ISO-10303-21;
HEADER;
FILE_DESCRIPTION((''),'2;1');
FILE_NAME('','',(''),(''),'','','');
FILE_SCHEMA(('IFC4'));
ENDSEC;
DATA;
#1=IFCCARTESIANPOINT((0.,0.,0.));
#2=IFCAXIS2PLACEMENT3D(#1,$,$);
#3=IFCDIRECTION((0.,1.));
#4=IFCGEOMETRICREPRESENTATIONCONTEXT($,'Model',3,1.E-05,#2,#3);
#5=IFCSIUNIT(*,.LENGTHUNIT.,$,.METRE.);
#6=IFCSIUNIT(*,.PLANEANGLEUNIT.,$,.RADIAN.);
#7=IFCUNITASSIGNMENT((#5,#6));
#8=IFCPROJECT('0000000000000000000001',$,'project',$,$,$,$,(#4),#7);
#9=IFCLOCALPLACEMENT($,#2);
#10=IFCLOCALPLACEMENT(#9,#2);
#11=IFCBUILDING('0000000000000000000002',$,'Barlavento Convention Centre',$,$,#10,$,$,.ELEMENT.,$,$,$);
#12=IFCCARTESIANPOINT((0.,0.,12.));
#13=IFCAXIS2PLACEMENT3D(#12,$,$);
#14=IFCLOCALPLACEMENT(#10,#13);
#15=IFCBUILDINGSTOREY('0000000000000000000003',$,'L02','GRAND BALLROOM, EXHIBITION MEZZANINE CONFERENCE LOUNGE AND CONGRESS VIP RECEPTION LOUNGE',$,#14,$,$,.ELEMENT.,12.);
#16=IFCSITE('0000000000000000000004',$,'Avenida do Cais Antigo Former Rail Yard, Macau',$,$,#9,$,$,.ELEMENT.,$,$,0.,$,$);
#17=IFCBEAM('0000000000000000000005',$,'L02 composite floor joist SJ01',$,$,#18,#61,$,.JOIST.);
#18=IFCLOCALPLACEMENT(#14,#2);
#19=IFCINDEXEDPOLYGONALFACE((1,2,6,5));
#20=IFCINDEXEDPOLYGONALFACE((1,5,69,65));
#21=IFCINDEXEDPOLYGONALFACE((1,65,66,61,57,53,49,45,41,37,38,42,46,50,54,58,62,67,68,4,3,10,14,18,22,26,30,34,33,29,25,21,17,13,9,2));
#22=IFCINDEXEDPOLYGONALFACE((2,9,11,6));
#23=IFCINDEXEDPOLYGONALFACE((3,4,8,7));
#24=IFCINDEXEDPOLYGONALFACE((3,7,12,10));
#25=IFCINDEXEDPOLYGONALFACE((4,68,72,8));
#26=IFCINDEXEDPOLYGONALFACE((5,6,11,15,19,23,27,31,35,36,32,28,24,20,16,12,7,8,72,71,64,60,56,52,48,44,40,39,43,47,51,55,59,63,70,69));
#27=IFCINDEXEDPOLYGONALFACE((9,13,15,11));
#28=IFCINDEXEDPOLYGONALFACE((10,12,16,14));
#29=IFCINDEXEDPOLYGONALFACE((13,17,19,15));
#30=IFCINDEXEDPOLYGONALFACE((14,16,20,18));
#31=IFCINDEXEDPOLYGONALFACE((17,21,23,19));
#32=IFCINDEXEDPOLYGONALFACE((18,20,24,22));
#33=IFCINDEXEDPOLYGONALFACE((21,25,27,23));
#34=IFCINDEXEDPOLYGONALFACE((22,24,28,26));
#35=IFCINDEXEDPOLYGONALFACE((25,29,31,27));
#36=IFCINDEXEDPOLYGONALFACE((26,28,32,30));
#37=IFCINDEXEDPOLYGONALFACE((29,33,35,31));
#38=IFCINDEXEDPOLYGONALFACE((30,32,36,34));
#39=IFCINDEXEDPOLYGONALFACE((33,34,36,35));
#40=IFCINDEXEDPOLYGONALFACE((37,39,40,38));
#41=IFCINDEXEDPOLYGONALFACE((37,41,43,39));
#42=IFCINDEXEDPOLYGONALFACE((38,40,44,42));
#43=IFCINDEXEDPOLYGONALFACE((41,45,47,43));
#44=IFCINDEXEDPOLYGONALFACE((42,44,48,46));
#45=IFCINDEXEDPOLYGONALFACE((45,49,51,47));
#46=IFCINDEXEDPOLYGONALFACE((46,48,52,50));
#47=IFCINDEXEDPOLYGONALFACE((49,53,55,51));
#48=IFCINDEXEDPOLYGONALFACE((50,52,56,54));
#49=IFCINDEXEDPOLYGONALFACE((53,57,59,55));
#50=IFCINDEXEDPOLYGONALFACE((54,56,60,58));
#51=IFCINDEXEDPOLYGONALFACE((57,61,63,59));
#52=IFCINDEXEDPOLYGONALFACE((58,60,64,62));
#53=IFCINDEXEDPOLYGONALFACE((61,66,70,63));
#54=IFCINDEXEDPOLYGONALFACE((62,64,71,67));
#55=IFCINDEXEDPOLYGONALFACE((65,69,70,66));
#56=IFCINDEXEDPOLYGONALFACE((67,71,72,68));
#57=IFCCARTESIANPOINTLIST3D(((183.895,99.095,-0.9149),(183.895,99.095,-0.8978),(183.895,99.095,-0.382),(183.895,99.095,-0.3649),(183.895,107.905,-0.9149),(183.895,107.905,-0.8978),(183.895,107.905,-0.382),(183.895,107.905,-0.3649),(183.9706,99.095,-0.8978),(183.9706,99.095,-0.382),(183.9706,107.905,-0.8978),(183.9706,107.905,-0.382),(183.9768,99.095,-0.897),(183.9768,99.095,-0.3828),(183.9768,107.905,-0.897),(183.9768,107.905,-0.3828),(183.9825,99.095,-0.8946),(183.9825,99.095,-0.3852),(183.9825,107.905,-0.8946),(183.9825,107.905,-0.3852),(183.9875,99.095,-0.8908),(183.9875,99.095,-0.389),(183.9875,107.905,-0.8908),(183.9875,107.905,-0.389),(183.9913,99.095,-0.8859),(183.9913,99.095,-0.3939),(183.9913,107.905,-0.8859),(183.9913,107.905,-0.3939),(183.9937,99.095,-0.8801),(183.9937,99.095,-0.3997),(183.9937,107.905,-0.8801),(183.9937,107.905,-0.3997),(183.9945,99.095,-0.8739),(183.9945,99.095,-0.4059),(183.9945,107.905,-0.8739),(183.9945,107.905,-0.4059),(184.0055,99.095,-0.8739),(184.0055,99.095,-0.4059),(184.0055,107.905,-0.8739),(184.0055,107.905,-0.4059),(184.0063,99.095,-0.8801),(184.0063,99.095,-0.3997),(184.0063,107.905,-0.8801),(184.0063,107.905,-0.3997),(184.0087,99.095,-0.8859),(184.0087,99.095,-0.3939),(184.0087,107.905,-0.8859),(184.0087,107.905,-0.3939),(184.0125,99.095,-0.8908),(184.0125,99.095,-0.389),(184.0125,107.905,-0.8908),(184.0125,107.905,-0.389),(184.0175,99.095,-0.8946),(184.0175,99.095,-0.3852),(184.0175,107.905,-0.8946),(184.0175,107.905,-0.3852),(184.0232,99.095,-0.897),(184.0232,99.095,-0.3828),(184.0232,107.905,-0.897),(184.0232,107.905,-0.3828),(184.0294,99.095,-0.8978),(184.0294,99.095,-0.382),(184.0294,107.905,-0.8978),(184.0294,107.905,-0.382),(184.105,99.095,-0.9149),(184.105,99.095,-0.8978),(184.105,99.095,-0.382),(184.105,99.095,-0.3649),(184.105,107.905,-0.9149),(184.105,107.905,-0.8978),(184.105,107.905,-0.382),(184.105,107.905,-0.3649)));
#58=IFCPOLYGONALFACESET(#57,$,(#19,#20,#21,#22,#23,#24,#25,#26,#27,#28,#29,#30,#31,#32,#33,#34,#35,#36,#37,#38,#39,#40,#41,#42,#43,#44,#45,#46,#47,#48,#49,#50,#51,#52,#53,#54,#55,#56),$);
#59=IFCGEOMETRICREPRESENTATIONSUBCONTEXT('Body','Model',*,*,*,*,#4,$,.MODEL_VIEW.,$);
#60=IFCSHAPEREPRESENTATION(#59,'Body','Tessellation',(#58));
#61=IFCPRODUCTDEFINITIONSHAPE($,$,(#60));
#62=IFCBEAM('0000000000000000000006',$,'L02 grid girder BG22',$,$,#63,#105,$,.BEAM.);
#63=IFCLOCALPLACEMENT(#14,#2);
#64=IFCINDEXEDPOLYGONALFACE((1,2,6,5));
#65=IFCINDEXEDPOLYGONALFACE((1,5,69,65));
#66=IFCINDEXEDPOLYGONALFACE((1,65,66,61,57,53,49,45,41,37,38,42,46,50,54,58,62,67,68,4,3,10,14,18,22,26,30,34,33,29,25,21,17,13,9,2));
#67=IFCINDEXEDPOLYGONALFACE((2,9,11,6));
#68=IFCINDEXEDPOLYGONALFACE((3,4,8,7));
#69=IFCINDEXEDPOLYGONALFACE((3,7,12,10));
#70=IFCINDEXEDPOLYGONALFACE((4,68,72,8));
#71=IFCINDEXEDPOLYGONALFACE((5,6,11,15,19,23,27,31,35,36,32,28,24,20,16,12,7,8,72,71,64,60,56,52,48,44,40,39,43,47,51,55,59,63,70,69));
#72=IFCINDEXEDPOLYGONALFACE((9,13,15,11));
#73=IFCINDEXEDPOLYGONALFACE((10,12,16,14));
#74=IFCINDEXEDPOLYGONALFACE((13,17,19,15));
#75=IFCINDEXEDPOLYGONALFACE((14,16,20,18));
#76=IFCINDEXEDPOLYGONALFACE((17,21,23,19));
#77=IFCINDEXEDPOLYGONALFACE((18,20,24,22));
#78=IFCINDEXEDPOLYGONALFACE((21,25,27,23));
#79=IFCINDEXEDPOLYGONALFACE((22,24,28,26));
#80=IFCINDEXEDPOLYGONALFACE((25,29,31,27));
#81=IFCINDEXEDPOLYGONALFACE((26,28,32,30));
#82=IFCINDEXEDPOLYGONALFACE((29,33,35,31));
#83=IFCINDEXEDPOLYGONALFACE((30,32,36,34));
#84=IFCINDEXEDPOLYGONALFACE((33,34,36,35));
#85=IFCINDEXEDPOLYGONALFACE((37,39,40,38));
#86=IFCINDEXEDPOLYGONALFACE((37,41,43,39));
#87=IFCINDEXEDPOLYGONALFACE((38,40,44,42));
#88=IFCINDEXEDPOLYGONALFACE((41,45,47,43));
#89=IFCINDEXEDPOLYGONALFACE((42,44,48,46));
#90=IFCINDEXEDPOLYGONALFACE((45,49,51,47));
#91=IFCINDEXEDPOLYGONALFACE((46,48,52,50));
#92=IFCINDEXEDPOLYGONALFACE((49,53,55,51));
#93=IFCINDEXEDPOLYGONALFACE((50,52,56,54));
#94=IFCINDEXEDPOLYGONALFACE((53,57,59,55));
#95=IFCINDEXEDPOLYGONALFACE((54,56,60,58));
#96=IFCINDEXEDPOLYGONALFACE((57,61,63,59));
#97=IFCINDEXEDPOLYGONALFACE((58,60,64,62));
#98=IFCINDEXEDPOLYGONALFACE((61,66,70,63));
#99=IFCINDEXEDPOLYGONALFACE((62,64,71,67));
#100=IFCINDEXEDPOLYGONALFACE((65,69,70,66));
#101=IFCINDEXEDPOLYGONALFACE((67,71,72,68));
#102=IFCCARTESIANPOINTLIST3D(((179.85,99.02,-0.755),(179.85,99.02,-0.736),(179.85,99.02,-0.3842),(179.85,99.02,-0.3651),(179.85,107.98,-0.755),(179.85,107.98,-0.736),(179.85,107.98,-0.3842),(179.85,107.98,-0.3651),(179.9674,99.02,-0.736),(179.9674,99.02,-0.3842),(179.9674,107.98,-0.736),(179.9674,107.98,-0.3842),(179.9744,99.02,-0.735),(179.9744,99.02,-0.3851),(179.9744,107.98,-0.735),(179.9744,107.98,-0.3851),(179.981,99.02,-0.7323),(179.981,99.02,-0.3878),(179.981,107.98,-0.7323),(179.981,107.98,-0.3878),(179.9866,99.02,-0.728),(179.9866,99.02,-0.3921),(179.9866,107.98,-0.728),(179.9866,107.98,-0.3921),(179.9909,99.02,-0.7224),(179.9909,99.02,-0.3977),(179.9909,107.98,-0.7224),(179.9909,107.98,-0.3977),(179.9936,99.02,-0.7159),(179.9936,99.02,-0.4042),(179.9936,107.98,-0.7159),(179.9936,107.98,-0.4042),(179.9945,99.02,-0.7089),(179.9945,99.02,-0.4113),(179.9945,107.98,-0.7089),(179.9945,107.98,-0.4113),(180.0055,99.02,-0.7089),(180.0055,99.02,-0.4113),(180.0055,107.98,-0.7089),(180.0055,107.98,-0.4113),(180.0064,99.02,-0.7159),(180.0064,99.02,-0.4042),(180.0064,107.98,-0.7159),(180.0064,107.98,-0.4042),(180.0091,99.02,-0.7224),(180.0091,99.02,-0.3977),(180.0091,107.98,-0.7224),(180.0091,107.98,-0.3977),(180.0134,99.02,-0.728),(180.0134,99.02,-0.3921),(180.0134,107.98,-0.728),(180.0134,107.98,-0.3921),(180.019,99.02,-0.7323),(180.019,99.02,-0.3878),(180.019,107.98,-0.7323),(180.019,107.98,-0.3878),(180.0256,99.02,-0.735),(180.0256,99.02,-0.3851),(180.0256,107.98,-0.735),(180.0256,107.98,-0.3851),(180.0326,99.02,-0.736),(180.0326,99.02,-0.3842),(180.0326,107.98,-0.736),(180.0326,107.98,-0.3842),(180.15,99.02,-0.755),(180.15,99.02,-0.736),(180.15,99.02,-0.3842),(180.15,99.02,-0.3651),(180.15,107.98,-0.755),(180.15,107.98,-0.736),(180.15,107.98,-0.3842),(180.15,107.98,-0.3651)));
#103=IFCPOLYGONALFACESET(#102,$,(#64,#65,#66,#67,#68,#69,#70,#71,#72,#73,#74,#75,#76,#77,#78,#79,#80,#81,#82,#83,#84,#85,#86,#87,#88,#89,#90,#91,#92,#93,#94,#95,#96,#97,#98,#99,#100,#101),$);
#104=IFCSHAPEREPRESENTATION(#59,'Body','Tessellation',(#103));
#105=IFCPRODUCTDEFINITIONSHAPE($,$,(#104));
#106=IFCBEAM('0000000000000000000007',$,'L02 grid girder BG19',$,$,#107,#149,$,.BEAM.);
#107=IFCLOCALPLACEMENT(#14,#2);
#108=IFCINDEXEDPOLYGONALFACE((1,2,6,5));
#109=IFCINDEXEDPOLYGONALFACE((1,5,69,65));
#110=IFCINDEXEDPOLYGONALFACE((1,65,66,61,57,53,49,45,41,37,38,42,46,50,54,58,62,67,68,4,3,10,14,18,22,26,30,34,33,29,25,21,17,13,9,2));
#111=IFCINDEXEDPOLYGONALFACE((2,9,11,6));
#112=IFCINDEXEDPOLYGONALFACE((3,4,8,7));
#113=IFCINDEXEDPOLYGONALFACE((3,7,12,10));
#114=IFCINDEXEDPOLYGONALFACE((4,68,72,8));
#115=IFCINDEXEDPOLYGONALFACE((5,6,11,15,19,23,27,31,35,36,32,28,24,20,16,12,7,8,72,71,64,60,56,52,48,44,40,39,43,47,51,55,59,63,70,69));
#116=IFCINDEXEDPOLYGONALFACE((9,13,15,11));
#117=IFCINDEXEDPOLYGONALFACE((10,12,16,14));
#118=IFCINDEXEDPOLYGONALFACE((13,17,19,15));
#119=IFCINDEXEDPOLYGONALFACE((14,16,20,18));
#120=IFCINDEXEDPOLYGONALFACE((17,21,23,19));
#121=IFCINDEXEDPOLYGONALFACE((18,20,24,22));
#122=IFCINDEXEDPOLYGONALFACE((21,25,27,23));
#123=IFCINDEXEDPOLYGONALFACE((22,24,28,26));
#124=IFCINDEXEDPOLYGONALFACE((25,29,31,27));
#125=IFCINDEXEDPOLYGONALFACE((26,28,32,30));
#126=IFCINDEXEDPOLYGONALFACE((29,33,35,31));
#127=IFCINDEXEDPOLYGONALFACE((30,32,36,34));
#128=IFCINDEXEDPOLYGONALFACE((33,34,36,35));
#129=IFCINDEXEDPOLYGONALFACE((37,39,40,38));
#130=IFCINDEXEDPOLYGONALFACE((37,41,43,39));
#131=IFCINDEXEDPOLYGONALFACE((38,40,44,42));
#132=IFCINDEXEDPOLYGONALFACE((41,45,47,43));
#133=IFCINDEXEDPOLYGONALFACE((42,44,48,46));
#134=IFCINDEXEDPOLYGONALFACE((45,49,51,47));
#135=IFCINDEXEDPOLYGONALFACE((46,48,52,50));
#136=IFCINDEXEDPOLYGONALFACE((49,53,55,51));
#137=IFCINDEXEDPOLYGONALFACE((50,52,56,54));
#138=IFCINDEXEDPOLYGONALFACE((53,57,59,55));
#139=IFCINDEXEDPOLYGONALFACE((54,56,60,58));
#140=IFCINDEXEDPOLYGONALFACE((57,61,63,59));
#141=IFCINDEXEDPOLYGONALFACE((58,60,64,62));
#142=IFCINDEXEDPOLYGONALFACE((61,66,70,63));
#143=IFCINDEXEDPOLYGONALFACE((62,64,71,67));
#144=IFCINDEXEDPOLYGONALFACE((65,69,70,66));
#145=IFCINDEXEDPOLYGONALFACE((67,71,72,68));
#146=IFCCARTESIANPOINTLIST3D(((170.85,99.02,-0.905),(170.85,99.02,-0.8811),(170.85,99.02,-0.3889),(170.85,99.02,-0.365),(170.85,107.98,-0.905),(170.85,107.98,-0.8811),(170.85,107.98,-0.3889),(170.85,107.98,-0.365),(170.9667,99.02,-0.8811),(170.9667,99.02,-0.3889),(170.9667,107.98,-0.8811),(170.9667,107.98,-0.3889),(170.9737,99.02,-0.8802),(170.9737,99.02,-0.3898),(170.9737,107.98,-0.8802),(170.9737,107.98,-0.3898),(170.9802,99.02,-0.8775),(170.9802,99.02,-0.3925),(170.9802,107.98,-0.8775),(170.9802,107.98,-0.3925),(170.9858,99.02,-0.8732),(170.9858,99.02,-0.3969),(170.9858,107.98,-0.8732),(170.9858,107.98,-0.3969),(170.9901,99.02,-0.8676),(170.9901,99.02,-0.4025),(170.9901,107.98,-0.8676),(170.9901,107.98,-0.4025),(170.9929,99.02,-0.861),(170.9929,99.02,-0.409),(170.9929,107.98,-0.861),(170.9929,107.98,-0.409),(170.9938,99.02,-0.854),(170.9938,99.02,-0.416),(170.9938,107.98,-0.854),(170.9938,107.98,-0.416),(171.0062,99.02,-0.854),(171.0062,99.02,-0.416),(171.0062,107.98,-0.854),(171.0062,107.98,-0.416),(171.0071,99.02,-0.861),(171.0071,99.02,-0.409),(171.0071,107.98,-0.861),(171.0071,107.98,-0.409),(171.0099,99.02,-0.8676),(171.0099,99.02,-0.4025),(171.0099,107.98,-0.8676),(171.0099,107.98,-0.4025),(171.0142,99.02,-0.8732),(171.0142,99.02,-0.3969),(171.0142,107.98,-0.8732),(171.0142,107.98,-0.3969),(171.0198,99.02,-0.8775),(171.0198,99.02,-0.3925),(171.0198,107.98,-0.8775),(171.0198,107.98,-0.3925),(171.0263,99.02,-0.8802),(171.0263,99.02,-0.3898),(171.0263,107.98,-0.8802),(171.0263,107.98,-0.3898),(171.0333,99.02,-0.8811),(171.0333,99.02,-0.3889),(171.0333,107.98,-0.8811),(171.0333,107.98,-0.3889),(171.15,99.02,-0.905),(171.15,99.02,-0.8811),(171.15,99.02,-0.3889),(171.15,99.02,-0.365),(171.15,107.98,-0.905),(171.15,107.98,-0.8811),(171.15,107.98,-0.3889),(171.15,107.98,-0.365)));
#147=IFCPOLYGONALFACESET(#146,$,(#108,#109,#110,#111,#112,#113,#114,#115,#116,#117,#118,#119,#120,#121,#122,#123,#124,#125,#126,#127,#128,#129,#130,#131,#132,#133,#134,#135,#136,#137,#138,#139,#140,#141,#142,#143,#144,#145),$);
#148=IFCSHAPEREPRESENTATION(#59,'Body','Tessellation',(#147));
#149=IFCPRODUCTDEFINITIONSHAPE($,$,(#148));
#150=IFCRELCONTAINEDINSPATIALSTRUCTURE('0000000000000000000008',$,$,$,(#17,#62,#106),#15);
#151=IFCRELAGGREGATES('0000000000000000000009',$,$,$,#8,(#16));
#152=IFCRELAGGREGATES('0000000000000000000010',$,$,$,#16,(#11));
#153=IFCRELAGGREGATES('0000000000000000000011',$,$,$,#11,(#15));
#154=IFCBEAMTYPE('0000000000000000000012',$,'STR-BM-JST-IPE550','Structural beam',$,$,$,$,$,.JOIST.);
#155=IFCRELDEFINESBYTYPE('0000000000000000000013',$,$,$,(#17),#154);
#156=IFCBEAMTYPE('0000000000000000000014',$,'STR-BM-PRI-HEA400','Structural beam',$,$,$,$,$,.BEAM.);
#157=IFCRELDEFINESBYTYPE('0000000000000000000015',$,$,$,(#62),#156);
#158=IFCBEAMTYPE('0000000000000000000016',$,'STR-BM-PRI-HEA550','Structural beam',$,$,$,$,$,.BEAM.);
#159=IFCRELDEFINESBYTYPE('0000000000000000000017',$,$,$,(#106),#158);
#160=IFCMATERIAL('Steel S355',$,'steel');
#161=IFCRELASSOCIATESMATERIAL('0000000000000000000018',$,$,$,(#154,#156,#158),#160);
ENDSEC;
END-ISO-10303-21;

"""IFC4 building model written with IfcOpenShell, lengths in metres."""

from ifc_helpers import new_model, si_unit, direction, frame, origin, origin_2d, place, context, subcontext, project, spatial, i_section, extrude, material, material_profile, profile_set, type_object, element, save


model = new_model("IFC4")

# Units and contexts
model_context = context("Model", 3, precision=1e-05, world=origin(), true_north=direction((0.0, 1.0)))
body_context = subcontext(model_context, "Body", "Model", "MODEL_VIEW")
ifc_project = project(units=[si_unit("LENGTHUNIT", "METRE"), si_unit("PLANEANGLEUNIT", "RADIAN")], contexts=[model_context])

# Site, building, storey
site_placement = place(None, origin())
site = spatial("IfcSite", under=ifc_project, at=site_placement, Name="Avenida do Cais Antigo Former Rail Yard, Macau", CompositionType="ELEMENT", RefElevation=0.0)
building_placement = place(site_placement, origin())
building = spatial("IfcBuilding", under=site, at=building_placement, Name="Barlavento Convention Centre", CompositionType="ELEMENT")
storey_placement = place(building_placement, frame((0.0, 0.0, 12.0)))
storey = spatial("IfcBuildingStorey", under=building, at=storey_placement, Name="L02", Description="GRAND BALLROOM, EXHIBITION MEZZANINE CONFERENCE LOUNGE AND CONGRESS VIP RECEPTION LOUNGE", CompositionType="ELEMENT", Elevation=12.0)

# Shared definitions
ifc_material_1 = material(Name="Steel S355", Category="steel")

# Beams
ifc_material_profile_1 = material_profile(ifc_material_1, i_section(OverallWidth=0.21, OverallDepth=0.55, WebThickness=0.011, FlangeThickness=0.0171, FilletRadius=0.0239, at=origin_2d()), Name="IPE 550")
ifc_profile_set_1 = profile_set([ifc_material_profile_1], Name="Steel S355")
beam_type_1 = type_object("IfcBeamType", Name="STR-BM-JST-IPE550", Description="Structural beam", PredefinedType="JOIST", material=ifc_profile_set_1)
beam_1_placement = place(storey_placement, frame((184.0, 99.095, -0.6399), z_axis=(0.0, 1.0, 0.0), x_axis=(-1.0, 0.0, 0.0)))
element("IfcBeam", 1, at=beam_1_placement, inside=storey, type_object=beam_type_1, Name="L02 composite floor joist SJ01", PredefinedType="JOIST", context=body_context, shape_type="SweptSolid", body=[
    extrude(i_section(OverallWidth=0.21, OverallDepth=0.55, WebThickness=0.011, FlangeThickness=0.0171, FilletRadius=0.0239, at=origin_2d()), origin(), (0.0, 0.0, 1.0), 8.8101),
])
ifc_material_profile_2 = material_profile(ifc_material_1, i_section(OverallWidth=0.3, OverallDepth=0.3899, WebThickness=0.011, FlangeThickness=0.019, FilletRadius=0.0271, at=origin_2d()), Name="HEA 400")
ifc_profile_set_2 = profile_set([ifc_material_profile_2], Name="Steel S355")
beam_type_2 = type_object("IfcBeamType", Name="STR-BM-PRI-HEA400", Description="Structural beam", PredefinedType="BEAM", material=ifc_profile_set_2)
beam_2_placement = place(storey_placement, frame((180.0, 99.02, -0.5601), z_axis=(0.0, 1.0, 0.0), x_axis=(-1.0, 0.0, 0.0)))
element("IfcBeam", 2, at=beam_2_placement, inside=storey, type_object=beam_type_2, Name="L02 grid girder BG22", PredefinedType="BEAM", context=body_context, shape_type="SweptSolid", body=[
    extrude(i_section(OverallWidth=0.3, OverallDepth=0.3899, WebThickness=0.011, FlangeThickness=0.019, FilletRadius=0.0271, at=origin_2d()), origin(), (0.0, 0.0, 1.0), 8.96),
])
ifc_material_profile_3 = material_profile(ifc_material_1, i_section(OverallWidth=0.3, OverallDepth=0.54, WebThickness=0.0125, FlangeThickness=0.0239, FilletRadius=0.0271, at=origin_2d()), Name="HEA 550")
ifc_profile_set_3 = profile_set([ifc_material_profile_3], Name="Steel S355")
beam_type_3 = type_object("IfcBeamType", Name="STR-BM-PRI-HEA550", Description="Structural beam", PredefinedType="BEAM", material=ifc_profile_set_3)
beam_3_placement = place(storey_placement, frame((171.0, 99.02, -0.635), z_axis=(0.0, 1.0, 0.0), x_axis=(-1.0, 0.0, 0.0)))
element("IfcBeam", 3, at=beam_3_placement, inside=storey, type_object=beam_type_3, Name="L02 grid girder BG19", PredefinedType="BEAM", context=body_context, shape_type="SweptSolid", body=[
    extrude(i_section(OverallWidth=0.3, OverallDepth=0.54, WebThickness=0.0125, FlangeThickness=0.0239, FilletRadius=0.0271, at=origin_2d()), origin(), (0.0, 0.0, 1.0), 8.96),
])

save(model, "model.ifc")
